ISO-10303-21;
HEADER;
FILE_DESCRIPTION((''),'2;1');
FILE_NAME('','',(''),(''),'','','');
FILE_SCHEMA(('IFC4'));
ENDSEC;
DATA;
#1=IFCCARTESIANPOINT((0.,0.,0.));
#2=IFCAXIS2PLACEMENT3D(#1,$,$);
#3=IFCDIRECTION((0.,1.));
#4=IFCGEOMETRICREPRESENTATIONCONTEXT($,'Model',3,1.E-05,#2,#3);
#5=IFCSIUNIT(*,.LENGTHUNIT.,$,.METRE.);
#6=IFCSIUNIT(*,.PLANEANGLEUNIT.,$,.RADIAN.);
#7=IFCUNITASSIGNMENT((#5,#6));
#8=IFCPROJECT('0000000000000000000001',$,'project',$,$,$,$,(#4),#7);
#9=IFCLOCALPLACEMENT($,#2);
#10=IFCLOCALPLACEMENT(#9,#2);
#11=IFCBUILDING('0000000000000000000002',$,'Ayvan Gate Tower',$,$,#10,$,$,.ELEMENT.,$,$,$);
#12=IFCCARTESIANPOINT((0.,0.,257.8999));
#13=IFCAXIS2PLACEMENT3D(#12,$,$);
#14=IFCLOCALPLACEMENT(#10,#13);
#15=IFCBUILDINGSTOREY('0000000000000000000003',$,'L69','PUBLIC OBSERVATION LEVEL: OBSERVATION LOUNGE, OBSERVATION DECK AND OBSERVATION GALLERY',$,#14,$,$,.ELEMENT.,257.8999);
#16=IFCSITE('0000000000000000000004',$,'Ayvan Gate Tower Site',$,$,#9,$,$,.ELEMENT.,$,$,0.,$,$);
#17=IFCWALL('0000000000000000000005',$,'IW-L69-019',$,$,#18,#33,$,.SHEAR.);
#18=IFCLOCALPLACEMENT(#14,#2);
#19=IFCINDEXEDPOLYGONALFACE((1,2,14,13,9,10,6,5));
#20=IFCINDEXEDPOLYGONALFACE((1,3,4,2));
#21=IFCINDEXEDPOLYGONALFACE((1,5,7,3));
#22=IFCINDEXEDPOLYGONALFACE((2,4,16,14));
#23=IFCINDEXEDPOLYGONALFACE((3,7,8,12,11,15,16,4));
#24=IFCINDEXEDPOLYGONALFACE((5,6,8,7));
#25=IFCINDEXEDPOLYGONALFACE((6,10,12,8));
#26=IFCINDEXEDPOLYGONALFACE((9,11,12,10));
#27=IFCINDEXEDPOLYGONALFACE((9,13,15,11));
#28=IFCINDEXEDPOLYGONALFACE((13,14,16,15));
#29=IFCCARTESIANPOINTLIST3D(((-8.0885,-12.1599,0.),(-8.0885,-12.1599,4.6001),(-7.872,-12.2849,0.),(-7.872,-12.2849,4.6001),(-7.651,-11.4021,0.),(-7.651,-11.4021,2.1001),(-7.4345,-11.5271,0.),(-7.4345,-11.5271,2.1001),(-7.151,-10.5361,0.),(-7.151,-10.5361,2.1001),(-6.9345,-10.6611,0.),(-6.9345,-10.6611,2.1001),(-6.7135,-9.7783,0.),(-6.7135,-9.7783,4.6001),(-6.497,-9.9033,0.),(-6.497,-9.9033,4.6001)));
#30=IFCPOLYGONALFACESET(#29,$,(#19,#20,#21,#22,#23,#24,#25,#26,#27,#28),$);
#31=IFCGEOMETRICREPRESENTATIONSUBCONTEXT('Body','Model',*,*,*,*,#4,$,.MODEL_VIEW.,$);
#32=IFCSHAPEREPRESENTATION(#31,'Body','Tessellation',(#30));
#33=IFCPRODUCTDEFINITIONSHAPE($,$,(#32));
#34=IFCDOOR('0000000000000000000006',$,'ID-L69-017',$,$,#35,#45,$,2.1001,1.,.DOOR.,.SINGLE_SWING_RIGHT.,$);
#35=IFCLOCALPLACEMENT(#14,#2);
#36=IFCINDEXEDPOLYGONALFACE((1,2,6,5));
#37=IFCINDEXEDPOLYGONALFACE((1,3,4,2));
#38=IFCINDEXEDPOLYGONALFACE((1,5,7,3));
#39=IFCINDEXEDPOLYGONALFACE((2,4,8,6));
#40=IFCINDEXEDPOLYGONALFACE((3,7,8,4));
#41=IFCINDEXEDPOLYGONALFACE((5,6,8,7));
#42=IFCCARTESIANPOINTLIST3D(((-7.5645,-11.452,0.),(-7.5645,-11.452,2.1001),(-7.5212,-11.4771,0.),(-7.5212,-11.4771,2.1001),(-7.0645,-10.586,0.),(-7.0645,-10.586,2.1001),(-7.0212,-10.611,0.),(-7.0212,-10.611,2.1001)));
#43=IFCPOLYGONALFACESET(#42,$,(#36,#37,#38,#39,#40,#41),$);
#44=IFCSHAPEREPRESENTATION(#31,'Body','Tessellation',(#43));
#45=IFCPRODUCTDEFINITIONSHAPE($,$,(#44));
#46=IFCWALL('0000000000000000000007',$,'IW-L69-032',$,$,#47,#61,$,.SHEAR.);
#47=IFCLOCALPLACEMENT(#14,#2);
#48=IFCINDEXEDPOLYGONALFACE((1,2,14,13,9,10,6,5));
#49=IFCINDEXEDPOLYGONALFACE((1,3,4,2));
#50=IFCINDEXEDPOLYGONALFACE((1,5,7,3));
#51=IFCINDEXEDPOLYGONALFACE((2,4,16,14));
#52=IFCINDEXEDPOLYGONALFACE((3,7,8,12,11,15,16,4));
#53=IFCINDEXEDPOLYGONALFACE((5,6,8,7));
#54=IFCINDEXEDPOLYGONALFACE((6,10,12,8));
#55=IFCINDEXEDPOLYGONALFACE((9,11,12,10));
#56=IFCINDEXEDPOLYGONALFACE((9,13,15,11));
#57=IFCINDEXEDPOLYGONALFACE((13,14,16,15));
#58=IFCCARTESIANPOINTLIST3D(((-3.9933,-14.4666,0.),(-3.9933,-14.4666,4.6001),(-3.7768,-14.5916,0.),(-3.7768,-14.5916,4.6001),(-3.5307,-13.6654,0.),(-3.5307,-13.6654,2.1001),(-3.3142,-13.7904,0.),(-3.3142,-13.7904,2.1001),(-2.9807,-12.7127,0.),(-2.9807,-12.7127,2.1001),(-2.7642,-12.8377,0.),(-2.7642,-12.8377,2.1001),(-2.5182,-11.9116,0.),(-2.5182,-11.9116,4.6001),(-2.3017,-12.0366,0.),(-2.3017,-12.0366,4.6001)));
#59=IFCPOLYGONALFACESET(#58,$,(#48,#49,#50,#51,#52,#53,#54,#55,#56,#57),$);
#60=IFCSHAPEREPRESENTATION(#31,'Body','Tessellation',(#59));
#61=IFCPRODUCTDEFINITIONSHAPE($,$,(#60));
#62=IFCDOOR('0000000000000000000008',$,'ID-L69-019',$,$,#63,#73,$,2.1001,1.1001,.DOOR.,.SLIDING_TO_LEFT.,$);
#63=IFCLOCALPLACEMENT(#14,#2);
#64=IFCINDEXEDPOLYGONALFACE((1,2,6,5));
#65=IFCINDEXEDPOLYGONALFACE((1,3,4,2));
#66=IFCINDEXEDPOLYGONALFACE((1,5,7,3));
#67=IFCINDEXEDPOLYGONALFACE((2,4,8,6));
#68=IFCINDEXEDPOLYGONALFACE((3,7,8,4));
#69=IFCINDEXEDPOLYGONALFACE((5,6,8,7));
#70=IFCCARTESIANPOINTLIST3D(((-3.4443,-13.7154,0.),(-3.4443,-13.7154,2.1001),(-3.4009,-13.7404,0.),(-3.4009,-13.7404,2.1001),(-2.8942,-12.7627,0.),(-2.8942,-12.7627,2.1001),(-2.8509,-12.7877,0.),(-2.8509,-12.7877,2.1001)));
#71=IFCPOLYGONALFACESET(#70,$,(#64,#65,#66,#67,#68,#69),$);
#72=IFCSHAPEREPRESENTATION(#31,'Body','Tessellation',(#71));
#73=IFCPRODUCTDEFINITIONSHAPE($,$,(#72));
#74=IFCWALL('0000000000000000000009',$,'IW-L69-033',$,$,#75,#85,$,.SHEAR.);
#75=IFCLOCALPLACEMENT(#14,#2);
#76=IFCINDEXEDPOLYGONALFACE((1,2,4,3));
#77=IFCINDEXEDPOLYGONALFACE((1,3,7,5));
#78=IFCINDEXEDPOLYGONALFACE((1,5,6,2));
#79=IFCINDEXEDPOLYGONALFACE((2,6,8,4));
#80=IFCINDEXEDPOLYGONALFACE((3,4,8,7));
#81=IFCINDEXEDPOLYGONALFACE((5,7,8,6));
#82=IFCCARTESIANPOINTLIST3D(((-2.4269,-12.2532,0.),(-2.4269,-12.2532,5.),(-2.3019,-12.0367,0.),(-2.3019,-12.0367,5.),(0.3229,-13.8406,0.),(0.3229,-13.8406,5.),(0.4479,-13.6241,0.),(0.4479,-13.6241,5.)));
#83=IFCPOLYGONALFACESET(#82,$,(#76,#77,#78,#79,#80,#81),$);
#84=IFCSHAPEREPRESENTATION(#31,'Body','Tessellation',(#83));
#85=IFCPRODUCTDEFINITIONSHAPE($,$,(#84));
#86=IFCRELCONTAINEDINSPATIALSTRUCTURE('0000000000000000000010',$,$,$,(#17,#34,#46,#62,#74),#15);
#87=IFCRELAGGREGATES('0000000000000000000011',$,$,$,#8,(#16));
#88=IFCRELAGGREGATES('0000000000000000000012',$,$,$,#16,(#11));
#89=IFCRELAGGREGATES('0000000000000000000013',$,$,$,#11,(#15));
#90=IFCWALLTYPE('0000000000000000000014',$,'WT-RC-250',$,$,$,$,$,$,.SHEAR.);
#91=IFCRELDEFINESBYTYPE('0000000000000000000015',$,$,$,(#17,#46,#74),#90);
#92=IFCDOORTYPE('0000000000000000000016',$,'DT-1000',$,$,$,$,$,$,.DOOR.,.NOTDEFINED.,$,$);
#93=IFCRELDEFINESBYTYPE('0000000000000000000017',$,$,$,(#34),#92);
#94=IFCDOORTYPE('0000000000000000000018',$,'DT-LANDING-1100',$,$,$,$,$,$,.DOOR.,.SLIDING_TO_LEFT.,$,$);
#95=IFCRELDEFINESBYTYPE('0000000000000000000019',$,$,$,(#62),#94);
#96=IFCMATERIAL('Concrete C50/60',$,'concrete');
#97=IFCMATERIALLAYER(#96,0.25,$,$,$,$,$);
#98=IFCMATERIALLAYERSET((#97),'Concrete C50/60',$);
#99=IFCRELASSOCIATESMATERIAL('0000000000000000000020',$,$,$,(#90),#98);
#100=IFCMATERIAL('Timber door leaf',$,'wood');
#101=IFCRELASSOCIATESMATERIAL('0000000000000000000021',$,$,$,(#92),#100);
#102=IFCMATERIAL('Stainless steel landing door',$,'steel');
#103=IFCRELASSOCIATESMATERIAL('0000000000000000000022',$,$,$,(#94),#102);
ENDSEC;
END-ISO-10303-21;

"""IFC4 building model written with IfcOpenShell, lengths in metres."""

from ifc_helpers import new_model, si_unit, direction, frame, frame_2d, origin, place, context, subcontext, project, spatial, rectangle, extrude, material, layer, layer_set, type_object, element, fill, save


model = new_model("IFC4")

# Units and contexts
model_context = context("Model", 3, precision=1e-05, world=origin(), true_north=direction((0.0, 1.0)))
body_context = subcontext(model_context, "Body", "Model", "MODEL_VIEW")
ifc_project = project(units=[si_unit("LENGTHUNIT", "METRE"), si_unit("PLANEANGLEUNIT", "RADIAN")], contexts=[model_context])

# Site, building, storey
site_placement = place(None, origin())
site = spatial("IfcSite", under=ifc_project, at=site_placement, Name="Ayvan Gate Tower Site", CompositionType="ELEMENT", RefElevation=0.0)
building_placement = place(site_placement, origin())
building = spatial("IfcBuilding", under=site, at=building_placement, Name="Ayvan Gate Tower", CompositionType="ELEMENT")
storey_placement = place(building_placement, frame((0.0, 0.0, 257.8999)))
storey = spatial("IfcBuildingStorey", under=building, at=storey_placement, Name="L69", Description="PUBLIC OBSERVATION LEVEL: OBSERVATION LOUNGE, OBSERVATION DECK AND OBSERVATION GALLERY", CompositionType="ELEMENT", Elevation=257.8999)

# Shared definitions
ifc_material_1 = material(Name="Concrete C50/60", Category="concrete")

# Shared definitions
ifc_material_2 = material(Name="Timber door leaf", Category="wood")

# Shared definitions
ifc_layer_1 = layer(ifc_material_1, 0.25)
ifc_layer_set_1 = layer_set([ifc_layer_1], Name="Concrete C50/60")
wall_type_1 = type_object("IfcWallType", Name="WT-RC-250", PredefinedType="SHEAR", material=ifc_layer_set_1)

# Walls, openings, doors
wall_1_placement = place(storey_placement, frame((-6.6052, -9.8408, 0.0), z_axis=(0.0, 0.0, 1.0), x_axis=(-0.499997, -0.866027, 0.0)))
wall_1 = element("IfcWall", 1, at=wall_1_placement, inside=storey, type_object=wall_type_1, Name="IW-L69-019", PredefinedType="SHEAR", context=body_context, shape_type="SweptSolid", body=[
    extrude(rectangle(XDim=2.75, YDim=0.25, at=frame_2d((1.375, 0.0))), origin(), (0.0, 0.0, 1.0), 4.6001),
])
opening_1_placement = place(wall_1_placement, frame((0.875, 0.0, 0.0)))
opening_1 = element("IfcOpeningElement", 2, at=opening_1_placement, cuts=wall_1, PredefinedType="OPENING", context=body_context, shape_type="SweptSolid", body=[
    extrude(rectangle(XDim=1.0, YDim=2.1001, at=frame_2d((0.5, 1.05))), frame((0.0, 0.135, 0.0), z_axis=(0.0, -1.0, 0.0), x_axis=(1.0, 0.0, 0.0)), (0.0, 0.0, 1.0), 0.27),
])
door_type_1 = type_object("IfcDoorType", Name="DT-1000", OperationType="NOTDEFINED", PredefinedType="DOOR", material=ifc_material_2)
door_1_placement = place(opening_1_placement, origin())
door_1 = element("IfcDoor", 3, at=door_1_placement, inside=storey, type_object=door_type_1, Name="ID-L69-017", OperationType="SINGLE_SWING_RIGHT", OverallHeight=2.1001, OverallWidth=1.0, PredefinedType="DOOR", context=body_context, shape_type="SweptSolid", body=[
    extrude(rectangle(XDim=1.0, YDim=2.1001, at=frame_2d((0.5, 1.05))), frame((0.0, 0.0249, 0.0), z_axis=(0.0, -1.0, 0.0), x_axis=(1.0, 0.0, 0.0)), (0.0, 0.0, 1.0), 0.05),
])
fill(opening_1, door_1)
wall_2_placement = place(storey_placement, frame((-2.4099, -11.9741, 0.0), z_axis=(0.0, 0.0, 1.0), x_axis=(-0.500002, -0.866024, 0.0)))
wall_2 = element("IfcWall", 4, at=wall_2_placement, inside=storey, type_object=wall_type_1, Name="IW-L69-032", PredefinedType="SHEAR", context=body_context, shape_type="SweptSolid", body=[
    extrude(rectangle(XDim=2.9502, YDim=0.25, at=frame_2d((1.4751, 0.0))), origin(), (0.0, 0.0, 1.0), 4.6001),
])
opening_2_placement = place(wall_2_placement, frame((0.925, 0.0, 0.0)))
opening_2 = element("IfcOpeningElement", 5, at=opening_2_placement, cuts=wall_2, PredefinedType="OPENING", context=body_context, shape_type="SweptSolid", body=[
    extrude(rectangle(XDim=1.1001, YDim=2.1001, at=frame_2d((0.55, 1.05))), frame((0.0, 0.135, 0.0), z_axis=(0.0, -1.0, 0.0), x_axis=(1.0, 0.0, 0.0)), (0.0, 0.0, 1.0), 0.27),
])
ifc_material_3 = material(Name="Stainless steel landing door", Category="steel")
door_type_2 = type_object("IfcDoorType", Name="DT-LANDING-1100", OperationType="SLIDING_TO_LEFT", PredefinedType="DOOR", material=ifc_material_3)
door_2_placement = place(opening_2_placement, origin())
door_2 = element("IfcDoor", 6, at=door_2_placement, inside=storey, type_object=door_type_2, Name="ID-L69-019", OperationType="SLIDING_TO_LEFT", OverallHeight=2.1001, OverallWidth=1.1001, PredefinedType="DOOR", context=body_context, shape_type="SweptSolid", body=[
    extrude(rectangle(XDim=1.1001, YDim=2.1001, at=frame_2d((0.55, 1.05))), frame((0.0, 0.0249, 0.0), z_axis=(0.0, -1.0, 0.0), x_axis=(1.0, 0.0, 0.0)), (0.0, 0.0, 1.0), 0.05),
])
fill(opening_2, door_2)

# Wall
wall_3_placement = place(storey_placement, frame((-2.3643, -12.145, 0.0), z_axis=(0.0, 0.0, 1.0), x_axis=(0.866049, -0.49996, 0.0)))
element("IfcWall", 7, at=wall_3_placement, inside=storey, type_object=wall_type_1, Name="IW-L69-033", PredefinedType="SHEAR", context=body_context, shape_type="SweptSolid", body=[
    extrude(rectangle(XDim=3.175, YDim=0.25, at=frame_2d((1.5874, 0.0))), origin(), (0.0, 0.0, 1.0), 5.0),
])

save(model, "model.ifc")
